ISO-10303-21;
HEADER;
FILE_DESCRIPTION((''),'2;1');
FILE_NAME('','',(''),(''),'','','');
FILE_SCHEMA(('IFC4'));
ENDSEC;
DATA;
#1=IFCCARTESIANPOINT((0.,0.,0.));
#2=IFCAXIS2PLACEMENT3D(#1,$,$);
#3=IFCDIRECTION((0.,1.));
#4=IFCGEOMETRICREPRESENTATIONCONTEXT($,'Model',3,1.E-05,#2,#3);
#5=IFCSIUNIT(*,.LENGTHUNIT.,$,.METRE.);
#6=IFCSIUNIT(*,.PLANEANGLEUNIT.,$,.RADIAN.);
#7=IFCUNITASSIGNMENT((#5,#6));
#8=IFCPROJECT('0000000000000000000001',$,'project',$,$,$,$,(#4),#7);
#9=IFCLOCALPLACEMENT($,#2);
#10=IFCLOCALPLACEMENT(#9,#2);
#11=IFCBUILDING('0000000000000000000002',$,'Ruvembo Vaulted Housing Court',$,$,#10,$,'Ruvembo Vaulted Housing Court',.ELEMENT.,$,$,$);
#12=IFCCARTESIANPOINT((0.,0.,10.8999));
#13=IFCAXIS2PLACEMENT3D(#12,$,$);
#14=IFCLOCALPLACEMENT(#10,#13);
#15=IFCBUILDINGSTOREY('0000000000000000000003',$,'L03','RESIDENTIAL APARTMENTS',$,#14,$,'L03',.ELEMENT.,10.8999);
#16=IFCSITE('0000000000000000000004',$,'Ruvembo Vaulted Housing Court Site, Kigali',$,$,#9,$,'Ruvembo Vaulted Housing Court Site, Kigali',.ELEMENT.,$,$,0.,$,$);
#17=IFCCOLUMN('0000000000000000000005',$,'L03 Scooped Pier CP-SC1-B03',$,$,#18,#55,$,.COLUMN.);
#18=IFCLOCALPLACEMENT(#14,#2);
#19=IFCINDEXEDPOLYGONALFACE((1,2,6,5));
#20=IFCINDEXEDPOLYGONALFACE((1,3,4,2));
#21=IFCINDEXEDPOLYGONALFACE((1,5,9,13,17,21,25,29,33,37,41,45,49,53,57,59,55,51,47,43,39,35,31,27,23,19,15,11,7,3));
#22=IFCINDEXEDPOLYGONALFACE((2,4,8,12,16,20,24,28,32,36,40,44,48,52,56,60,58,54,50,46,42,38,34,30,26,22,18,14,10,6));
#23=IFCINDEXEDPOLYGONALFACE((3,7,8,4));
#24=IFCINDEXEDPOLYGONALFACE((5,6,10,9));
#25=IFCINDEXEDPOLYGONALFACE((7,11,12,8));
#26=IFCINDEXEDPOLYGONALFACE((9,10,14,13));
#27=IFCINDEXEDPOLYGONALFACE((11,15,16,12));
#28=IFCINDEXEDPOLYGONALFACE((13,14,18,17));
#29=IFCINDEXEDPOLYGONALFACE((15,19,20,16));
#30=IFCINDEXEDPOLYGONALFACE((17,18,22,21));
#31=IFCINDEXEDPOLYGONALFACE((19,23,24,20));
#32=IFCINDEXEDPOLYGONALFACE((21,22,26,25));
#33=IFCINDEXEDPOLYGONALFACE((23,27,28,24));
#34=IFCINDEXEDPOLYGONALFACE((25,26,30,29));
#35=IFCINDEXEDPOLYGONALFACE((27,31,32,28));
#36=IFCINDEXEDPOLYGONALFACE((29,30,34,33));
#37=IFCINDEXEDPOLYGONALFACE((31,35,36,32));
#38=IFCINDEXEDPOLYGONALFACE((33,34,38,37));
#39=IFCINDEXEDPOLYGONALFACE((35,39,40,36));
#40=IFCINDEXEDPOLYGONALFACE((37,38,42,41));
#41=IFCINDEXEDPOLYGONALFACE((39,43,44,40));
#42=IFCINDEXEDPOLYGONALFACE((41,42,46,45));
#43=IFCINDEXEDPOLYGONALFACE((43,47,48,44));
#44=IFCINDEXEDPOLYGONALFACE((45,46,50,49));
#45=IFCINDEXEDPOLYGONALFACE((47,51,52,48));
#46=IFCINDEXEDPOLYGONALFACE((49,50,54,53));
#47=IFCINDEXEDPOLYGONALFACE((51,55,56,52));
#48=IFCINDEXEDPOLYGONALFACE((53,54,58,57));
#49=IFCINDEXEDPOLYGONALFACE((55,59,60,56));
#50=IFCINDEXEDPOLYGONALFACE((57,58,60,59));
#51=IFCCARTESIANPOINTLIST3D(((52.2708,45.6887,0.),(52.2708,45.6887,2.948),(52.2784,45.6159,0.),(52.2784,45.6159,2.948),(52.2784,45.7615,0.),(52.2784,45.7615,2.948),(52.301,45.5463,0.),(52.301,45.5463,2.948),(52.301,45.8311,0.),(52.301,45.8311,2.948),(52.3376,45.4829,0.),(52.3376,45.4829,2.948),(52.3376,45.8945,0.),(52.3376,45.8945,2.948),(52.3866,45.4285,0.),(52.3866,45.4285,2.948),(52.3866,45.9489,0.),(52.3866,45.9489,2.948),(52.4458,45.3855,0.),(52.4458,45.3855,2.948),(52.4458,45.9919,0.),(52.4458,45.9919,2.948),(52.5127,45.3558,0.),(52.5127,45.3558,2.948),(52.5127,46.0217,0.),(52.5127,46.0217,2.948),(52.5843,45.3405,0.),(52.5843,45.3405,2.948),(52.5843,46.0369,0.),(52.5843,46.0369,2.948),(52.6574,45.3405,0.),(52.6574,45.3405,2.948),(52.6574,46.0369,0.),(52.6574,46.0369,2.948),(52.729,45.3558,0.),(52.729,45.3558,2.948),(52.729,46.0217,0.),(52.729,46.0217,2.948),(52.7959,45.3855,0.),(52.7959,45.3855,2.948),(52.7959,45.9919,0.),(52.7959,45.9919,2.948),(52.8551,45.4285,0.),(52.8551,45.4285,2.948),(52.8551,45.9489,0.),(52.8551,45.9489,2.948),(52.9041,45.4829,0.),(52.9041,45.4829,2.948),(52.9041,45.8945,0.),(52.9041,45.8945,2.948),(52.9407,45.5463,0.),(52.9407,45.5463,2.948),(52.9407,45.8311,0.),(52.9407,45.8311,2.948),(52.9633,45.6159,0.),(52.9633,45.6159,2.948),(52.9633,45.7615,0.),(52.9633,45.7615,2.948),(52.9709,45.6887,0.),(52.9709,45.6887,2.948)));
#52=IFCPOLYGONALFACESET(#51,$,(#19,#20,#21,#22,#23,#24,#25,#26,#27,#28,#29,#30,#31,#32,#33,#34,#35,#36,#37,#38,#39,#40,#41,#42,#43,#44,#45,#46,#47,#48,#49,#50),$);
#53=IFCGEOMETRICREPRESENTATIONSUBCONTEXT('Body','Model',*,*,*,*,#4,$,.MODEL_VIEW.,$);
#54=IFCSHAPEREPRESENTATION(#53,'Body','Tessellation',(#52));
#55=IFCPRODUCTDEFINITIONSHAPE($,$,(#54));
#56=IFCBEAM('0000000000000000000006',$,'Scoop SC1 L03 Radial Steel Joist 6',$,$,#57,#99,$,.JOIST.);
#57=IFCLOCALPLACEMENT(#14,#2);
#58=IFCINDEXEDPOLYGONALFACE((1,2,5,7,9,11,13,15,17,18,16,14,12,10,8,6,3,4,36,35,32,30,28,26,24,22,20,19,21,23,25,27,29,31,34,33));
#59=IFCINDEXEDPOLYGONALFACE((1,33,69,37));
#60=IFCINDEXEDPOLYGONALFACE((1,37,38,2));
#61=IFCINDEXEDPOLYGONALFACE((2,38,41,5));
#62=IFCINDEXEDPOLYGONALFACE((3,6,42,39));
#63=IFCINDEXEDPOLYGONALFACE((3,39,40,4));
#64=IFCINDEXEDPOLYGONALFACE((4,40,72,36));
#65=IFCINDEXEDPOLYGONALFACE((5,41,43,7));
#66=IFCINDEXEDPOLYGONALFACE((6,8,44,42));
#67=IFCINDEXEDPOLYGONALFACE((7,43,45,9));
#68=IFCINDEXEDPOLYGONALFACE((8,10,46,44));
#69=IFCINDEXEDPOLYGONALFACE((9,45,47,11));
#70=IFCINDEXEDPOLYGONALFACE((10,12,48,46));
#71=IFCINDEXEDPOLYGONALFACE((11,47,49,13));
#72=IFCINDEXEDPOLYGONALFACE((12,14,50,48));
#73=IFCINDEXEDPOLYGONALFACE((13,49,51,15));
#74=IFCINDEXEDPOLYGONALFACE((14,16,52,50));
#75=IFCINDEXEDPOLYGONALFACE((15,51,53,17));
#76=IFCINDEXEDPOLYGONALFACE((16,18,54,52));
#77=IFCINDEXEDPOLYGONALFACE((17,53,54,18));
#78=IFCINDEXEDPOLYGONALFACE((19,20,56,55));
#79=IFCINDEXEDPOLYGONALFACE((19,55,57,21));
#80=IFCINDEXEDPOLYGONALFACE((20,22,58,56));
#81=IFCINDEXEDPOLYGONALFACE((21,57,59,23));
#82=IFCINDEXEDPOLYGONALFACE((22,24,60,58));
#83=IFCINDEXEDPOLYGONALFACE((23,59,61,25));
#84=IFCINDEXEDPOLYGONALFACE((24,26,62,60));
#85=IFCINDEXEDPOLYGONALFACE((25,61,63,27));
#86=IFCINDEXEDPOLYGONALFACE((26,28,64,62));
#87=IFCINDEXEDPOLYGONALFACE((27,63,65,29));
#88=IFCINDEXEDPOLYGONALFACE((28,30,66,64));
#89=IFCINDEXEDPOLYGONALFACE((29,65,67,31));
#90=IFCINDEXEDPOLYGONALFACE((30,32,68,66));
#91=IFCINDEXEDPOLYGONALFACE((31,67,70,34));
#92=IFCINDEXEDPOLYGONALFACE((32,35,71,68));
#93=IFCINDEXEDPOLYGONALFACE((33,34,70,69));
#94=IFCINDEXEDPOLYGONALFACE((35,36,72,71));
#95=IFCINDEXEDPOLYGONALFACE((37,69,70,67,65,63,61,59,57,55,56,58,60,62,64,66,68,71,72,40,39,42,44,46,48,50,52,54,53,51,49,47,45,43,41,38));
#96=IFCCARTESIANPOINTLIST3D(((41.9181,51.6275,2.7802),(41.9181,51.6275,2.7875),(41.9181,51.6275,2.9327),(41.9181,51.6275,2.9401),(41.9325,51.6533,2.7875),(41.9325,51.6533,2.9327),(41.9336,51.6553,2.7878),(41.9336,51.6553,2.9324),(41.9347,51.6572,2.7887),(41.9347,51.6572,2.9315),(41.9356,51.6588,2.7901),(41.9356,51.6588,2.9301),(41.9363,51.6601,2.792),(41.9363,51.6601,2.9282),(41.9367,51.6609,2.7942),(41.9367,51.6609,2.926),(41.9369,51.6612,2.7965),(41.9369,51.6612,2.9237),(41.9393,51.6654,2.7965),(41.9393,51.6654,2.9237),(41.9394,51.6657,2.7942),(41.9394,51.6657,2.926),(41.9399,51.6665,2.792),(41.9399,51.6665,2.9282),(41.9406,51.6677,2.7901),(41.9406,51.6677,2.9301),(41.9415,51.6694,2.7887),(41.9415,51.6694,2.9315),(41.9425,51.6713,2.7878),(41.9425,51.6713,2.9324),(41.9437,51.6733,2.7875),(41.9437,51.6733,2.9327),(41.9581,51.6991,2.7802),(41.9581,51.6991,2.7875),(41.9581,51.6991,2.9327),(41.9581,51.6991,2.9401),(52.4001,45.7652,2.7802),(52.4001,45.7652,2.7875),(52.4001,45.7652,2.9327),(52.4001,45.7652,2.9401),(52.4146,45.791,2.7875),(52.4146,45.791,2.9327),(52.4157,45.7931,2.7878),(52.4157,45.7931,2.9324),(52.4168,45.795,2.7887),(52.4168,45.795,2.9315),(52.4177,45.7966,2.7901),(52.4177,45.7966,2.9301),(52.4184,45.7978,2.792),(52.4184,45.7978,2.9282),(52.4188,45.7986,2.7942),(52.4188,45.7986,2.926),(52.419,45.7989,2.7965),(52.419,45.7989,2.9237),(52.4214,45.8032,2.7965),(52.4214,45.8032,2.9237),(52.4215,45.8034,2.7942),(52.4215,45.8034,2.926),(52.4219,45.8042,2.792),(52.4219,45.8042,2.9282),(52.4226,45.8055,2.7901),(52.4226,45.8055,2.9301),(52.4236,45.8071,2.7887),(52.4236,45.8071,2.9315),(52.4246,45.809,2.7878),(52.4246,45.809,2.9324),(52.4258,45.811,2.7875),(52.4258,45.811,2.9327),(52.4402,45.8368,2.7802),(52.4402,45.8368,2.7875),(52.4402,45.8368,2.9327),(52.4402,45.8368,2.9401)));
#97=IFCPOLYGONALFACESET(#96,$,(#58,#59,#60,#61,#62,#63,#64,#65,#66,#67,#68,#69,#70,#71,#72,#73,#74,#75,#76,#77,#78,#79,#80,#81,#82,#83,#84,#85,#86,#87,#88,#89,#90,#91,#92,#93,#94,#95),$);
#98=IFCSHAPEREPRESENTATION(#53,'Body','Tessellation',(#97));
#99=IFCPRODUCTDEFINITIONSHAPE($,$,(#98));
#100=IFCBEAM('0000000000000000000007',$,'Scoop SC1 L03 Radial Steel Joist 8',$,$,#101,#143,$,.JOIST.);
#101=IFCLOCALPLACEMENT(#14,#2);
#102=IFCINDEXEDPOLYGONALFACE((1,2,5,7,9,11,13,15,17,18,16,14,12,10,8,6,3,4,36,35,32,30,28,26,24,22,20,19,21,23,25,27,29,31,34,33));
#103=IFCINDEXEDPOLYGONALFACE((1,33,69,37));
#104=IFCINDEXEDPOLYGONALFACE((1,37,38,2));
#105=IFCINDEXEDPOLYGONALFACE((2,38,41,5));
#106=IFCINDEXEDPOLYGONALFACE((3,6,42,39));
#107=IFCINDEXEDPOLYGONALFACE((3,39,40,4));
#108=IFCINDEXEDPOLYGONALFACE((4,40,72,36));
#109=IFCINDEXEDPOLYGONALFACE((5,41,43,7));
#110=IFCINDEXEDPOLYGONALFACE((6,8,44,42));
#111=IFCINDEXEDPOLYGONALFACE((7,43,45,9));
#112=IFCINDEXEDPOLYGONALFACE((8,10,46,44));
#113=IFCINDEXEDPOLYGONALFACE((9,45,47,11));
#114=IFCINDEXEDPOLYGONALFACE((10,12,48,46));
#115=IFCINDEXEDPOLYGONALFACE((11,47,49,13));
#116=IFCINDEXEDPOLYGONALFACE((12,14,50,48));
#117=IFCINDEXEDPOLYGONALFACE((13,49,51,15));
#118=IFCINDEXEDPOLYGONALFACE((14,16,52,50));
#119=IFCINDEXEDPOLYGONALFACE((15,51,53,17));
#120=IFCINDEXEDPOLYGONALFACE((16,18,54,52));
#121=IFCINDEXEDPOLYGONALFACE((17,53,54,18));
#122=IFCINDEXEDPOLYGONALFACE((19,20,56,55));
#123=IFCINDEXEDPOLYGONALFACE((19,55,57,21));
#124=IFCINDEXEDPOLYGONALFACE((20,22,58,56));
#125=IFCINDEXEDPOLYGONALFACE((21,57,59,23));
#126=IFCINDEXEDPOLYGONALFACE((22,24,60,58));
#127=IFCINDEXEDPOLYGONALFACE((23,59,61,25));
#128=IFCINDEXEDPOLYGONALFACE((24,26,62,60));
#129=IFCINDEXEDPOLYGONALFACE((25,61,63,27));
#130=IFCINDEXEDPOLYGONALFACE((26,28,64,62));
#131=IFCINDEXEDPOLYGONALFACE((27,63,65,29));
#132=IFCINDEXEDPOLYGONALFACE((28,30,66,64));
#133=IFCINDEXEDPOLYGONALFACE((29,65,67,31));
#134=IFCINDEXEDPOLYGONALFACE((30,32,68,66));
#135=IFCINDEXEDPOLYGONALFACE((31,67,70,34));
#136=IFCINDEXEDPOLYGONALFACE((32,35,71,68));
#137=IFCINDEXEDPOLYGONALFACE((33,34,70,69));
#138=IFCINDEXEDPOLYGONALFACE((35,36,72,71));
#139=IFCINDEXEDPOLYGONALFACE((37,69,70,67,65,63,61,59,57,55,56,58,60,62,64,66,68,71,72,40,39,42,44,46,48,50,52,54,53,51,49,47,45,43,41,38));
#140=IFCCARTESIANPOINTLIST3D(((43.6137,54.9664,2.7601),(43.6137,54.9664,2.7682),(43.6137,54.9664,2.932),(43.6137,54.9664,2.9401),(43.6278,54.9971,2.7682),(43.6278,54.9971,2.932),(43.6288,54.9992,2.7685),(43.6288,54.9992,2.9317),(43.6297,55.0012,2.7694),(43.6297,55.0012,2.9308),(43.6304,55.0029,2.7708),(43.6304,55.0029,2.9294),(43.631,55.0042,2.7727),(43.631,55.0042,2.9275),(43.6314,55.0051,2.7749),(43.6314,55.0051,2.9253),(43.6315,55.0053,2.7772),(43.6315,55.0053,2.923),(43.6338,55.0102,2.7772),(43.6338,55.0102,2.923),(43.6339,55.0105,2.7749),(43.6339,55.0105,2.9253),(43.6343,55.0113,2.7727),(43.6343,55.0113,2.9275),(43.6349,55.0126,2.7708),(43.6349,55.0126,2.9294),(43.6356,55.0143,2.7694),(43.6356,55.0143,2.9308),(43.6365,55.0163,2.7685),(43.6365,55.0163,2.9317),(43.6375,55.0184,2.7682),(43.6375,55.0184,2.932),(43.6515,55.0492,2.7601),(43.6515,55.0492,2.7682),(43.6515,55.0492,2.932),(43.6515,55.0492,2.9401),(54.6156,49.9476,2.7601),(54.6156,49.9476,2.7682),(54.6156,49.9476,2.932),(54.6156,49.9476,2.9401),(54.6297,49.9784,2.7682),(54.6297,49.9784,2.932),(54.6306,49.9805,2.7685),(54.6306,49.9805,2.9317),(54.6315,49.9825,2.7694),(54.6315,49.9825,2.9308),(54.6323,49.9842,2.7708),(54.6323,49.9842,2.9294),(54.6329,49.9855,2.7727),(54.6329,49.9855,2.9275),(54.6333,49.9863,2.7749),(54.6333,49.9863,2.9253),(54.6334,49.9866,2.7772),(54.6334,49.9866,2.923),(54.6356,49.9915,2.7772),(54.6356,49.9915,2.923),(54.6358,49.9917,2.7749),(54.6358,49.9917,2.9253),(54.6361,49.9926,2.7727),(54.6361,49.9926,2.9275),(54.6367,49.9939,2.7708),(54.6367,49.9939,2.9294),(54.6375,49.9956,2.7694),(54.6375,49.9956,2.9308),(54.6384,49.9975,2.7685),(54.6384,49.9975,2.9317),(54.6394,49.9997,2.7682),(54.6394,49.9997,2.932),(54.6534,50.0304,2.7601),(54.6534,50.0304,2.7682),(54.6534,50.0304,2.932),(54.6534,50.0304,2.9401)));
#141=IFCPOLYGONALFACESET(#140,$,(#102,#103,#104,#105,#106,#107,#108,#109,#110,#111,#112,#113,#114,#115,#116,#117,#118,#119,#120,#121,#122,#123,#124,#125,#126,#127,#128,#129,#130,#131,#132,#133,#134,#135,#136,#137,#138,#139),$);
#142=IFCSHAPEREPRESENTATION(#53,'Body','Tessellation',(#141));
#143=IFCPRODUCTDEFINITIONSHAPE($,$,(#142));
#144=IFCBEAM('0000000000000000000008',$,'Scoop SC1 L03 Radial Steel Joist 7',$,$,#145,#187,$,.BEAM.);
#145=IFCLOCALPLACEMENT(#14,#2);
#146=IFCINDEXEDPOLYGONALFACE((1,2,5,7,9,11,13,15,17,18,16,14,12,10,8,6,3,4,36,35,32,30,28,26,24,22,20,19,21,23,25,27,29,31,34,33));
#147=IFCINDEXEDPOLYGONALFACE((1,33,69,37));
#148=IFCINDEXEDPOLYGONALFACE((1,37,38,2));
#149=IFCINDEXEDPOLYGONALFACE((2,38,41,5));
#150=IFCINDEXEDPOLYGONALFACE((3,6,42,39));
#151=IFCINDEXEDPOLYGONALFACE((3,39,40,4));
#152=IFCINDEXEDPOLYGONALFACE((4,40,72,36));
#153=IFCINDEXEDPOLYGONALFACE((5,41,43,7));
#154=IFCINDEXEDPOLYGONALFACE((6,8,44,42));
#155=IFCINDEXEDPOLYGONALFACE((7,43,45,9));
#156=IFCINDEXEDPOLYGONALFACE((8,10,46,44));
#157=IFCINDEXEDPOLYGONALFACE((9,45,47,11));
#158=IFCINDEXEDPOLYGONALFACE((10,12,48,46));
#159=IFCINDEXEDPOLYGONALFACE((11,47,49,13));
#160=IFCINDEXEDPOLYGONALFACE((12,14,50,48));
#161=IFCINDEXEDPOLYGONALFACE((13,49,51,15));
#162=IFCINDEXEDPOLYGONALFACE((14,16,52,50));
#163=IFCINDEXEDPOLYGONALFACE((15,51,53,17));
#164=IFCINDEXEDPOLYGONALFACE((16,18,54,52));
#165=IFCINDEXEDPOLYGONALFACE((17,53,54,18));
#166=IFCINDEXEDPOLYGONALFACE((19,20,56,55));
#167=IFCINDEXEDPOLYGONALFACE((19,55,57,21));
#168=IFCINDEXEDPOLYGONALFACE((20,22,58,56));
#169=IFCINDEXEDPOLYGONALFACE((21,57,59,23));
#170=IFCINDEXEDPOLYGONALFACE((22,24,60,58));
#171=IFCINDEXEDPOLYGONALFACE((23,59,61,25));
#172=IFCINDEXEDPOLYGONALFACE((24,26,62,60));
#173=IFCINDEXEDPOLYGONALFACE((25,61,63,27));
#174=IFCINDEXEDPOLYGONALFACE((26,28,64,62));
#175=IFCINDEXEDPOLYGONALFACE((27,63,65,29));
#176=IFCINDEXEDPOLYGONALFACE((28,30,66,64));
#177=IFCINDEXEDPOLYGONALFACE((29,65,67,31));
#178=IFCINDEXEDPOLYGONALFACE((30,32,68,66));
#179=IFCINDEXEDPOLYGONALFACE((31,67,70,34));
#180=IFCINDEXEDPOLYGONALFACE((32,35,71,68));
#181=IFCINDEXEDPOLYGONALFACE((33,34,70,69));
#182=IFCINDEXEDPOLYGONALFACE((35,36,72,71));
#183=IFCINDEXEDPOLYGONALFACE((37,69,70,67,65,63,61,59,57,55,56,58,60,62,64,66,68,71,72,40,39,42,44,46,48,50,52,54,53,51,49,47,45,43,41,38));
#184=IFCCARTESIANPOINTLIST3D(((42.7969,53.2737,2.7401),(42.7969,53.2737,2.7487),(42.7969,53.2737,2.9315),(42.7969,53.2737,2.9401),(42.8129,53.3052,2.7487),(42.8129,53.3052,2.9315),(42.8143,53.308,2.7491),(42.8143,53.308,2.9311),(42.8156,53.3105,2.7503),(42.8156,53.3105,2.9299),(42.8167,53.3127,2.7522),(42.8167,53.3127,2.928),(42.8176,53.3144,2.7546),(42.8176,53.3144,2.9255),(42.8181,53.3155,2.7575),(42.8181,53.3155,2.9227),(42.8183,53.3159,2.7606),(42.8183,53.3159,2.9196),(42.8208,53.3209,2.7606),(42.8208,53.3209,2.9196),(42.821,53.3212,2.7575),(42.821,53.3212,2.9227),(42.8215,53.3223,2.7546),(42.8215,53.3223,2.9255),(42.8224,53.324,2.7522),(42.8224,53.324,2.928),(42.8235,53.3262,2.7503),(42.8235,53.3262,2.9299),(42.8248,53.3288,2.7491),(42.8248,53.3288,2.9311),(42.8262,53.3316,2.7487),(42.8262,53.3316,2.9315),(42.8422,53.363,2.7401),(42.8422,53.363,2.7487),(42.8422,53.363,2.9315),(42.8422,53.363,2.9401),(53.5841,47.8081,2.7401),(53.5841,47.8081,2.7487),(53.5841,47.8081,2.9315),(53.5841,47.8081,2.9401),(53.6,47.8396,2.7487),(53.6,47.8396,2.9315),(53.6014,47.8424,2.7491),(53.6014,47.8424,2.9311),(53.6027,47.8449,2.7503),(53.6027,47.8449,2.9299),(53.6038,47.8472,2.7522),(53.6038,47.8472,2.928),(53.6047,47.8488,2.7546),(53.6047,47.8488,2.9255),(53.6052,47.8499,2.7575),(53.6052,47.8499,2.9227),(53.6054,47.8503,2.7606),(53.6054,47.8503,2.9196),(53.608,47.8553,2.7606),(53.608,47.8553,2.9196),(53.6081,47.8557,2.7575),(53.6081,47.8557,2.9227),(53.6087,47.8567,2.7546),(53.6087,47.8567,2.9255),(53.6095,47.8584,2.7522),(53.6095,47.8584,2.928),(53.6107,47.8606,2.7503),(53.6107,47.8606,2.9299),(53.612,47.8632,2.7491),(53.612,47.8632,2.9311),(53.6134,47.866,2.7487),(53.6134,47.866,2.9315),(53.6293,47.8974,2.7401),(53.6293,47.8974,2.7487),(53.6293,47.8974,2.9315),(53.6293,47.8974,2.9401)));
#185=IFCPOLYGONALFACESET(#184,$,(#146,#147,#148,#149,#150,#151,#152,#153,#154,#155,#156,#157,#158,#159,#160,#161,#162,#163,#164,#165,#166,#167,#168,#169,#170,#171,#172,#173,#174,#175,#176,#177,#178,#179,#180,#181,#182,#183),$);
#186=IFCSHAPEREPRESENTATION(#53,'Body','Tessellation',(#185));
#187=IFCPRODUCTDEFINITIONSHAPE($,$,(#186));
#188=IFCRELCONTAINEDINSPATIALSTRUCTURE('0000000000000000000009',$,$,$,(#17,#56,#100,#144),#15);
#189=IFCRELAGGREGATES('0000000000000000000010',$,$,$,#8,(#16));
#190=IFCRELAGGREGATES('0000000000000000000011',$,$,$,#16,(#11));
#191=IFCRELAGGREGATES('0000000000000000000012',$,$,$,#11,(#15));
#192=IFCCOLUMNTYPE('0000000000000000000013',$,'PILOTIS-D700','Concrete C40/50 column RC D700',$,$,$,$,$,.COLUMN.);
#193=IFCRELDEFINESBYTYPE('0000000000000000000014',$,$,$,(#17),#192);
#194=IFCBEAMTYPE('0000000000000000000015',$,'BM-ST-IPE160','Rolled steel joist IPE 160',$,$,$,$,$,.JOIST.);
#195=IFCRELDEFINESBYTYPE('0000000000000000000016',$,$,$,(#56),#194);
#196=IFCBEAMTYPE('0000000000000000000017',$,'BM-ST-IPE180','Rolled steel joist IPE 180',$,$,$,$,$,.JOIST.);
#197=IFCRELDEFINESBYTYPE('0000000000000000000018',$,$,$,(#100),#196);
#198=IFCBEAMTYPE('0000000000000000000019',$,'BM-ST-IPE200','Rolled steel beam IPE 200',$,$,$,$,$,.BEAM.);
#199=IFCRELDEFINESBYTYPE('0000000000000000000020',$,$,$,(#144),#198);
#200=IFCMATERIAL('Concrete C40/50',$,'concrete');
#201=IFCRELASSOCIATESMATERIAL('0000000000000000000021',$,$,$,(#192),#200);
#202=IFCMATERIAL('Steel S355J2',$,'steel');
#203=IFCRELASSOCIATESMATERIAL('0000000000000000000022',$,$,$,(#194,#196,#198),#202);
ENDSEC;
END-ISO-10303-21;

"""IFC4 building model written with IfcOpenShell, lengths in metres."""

from ifc_helpers import new_model, si_unit, direction, frame, origin, origin_2d, place, context, subcontext, project, spatial, circle, i_section, extrude, material, material_profile, profile_set, type_object, element, save


model = new_model("IFC4")

# Units and contexts
model_context = context("Model", 3, precision=1e-05, world=origin(), true_north=direction((0.0, 1.0)))
body_context = subcontext(model_context, "Body", "Model", "MODEL_VIEW")
ifc_project = project(units=[si_unit("LENGTHUNIT", "METRE"), si_unit("PLANEANGLEUNIT", "RADIAN")], contexts=[model_context])

# Site, building, storey
site_placement = place(None, origin())
site = spatial("IfcSite", under=ifc_project, at=site_placement, Name="Ruvembo Vaulted Housing Court Site, Kigali", LongName="Ruvembo Vaulted Housing Court Site, Kigali", CompositionType="ELEMENT", RefElevation=0.0)
building_placement = place(site_placement, origin())
building = spatial("IfcBuilding", under=site, at=building_placement, Name="Ruvembo Vaulted Housing Court", LongName="Ruvembo Vaulted Housing Court", CompositionType="ELEMENT")
storey_placement = place(building_placement, frame((0.0, 0.0, 10.8999)))
storey = spatial("IfcBuildingStorey", under=building, at=storey_placement, Name="L03", Description="RESIDENTIAL APARTMENTS", LongName="L03", CompositionType="ELEMENT", Elevation=10.8999)

# Column
ifc_material_1 = material(Name="Concrete C40/50", Category="concrete")
ifc_material_profile_1 = material_profile(ifc_material_1, circle(Radius=0.3501, at=origin_2d()), Name="RC D700")
ifc_profile_set_1 = profile_set([ifc_material_profile_1], Name="Concrete C40/50")
column_type = type_object("IfcColumnType", Name="PILOTIS-D700", Description="Concrete C40/50 column RC D700", PredefinedType="COLUMN", material=ifc_profile_set_1)
column_placement = place(storey_placement, frame((52.6208, 45.6887, 0.0), z_axis=(0.0, 0.0, 1.0), x_axis=(1.0, 0.0, 0.0)))
element("IfcColumn", 1, at=column_placement, inside=storey, type_object=column_type, Name="L03 Scooped Pier CP-SC1-B03", PredefinedType="COLUMN", context=body_context, shape_type="SweptSolid", body=[
    extrude(circle(Radius=0.3501, at=origin_2d()), origin(), (0.0, 0.0, 1.0), 2.948),
])

# Beams
ifc_material_2 = material(Name="Steel S355J2", Category="steel")
ifc_material_profile_2 = material_profile(ifc_material_2, i_section(OverallWidth=0.082, OverallDepth=0.1599, WebThickness=0.0049, FlangeThickness=0.0073, FilletRadius=0.009, at=origin_2d()), Name="IPE 160")
ifc_profile_set_2 = profile_set([ifc_material_profile_2], Name="Steel S355J2")
beam_type_1 = type_object("IfcBeamType", Name="BM-ST-IPE160", Description="Rolled steel joist IPE 160", PredefinedType="JOIST", material=ifc_profile_set_2)
beam_1_placement = place(storey_placement, frame((52.4202, 45.801, 2.8601), z_axis=(-0.87278, 0.488114, 0.0), x_axis=(-0.488114, -0.87278, 0.0)))
element("IfcBeam", 2, at=beam_1_placement, inside=storey, type_object=beam_type_1, Name="Scoop SC1 L03 Radial Steel Joist 6", PredefinedType="JOIST", context=body_context, shape_type="SweptSolid", body=[
    extrude(i_section(OverallWidth=0.082, OverallDepth=0.1599, WebThickness=0.0049, FlangeThickness=0.0073, FilletRadius=0.009, at=origin_2d()), origin(), (0.0, 0.0, 1.0), 12.01),
])
ifc_material_profile_3 = material_profile(ifc_material_2, i_section(OverallWidth=0.0911, OverallDepth=0.1799, WebThickness=0.0054, FlangeThickness=0.0081, FilletRadius=0.009, at=origin_2d()), Name="IPE 180")
ifc_profile_set_3 = profile_set([ifc_material_profile_3], Name="Steel S355J2")
beam_type_2 = type_object("IfcBeamType", Name="BM-ST-IPE180", Description="Rolled steel joist IPE 180", PredefinedType="JOIST", material=ifc_profile_set_3)
beam_2_placement = place(storey_placement, frame((54.6345, 49.989, 2.8501), z_axis=(-0.909808, 0.41503, 0.0), x_axis=(-0.41503, -0.909808, 0.0)))
element("IfcBeam", 3, at=beam_2_placement, inside=storey, type_object=beam_type_2, Name="Scoop SC1 L03 Radial Steel Joist 8", PredefinedType="JOIST", context=body_context, shape_type="SweptSolid", body=[
    extrude(i_section(OverallWidth=0.0911, OverallDepth=0.1799, WebThickness=0.0054, FlangeThickness=0.0081, FilletRadius=0.009, at=origin_2d()), origin(), (0.0, 0.0, 1.0), 12.0925),
])
ifc_material_profile_4 = material_profile(ifc_material_2, i_section(OverallWidth=0.1001, OverallDepth=0.2, WebThickness=0.0056, FlangeThickness=0.0085, FilletRadius=0.012, at=origin_2d()), Name="IPE 200")
ifc_profile_set_4 = profile_set([ifc_material_profile_4], Name="Steel S355J2")
beam_type_3 = type_object("IfcBeamType", Name="BM-ST-IPE200", Description="Rolled steel beam IPE 200", PredefinedType="BEAM", material=ifc_profile_set_4)
beam_3_placement = place(storey_placement, frame((53.6067, 47.8528, 2.8401), z_axis=(-0.892032, 0.451972, 0.0), x_axis=(-0.451972, -0.892032, 0.0)))
element("IfcBeam", 4, at=beam_3_placement, inside=storey, type_object=beam_type_3, Name="Scoop SC1 L03 Radial Steel Joist 7", PredefinedType="BEAM", context=body_context, shape_type="SweptSolid", body=[
    extrude(i_section(OverallWidth=0.1001, OverallDepth=0.2, WebThickness=0.0056, FlangeThickness=0.0085, FilletRadius=0.012, at=origin_2d()), origin(), (0.0, 0.0, 1.0), 12.0928),
])

save(model, "model.ifc")
